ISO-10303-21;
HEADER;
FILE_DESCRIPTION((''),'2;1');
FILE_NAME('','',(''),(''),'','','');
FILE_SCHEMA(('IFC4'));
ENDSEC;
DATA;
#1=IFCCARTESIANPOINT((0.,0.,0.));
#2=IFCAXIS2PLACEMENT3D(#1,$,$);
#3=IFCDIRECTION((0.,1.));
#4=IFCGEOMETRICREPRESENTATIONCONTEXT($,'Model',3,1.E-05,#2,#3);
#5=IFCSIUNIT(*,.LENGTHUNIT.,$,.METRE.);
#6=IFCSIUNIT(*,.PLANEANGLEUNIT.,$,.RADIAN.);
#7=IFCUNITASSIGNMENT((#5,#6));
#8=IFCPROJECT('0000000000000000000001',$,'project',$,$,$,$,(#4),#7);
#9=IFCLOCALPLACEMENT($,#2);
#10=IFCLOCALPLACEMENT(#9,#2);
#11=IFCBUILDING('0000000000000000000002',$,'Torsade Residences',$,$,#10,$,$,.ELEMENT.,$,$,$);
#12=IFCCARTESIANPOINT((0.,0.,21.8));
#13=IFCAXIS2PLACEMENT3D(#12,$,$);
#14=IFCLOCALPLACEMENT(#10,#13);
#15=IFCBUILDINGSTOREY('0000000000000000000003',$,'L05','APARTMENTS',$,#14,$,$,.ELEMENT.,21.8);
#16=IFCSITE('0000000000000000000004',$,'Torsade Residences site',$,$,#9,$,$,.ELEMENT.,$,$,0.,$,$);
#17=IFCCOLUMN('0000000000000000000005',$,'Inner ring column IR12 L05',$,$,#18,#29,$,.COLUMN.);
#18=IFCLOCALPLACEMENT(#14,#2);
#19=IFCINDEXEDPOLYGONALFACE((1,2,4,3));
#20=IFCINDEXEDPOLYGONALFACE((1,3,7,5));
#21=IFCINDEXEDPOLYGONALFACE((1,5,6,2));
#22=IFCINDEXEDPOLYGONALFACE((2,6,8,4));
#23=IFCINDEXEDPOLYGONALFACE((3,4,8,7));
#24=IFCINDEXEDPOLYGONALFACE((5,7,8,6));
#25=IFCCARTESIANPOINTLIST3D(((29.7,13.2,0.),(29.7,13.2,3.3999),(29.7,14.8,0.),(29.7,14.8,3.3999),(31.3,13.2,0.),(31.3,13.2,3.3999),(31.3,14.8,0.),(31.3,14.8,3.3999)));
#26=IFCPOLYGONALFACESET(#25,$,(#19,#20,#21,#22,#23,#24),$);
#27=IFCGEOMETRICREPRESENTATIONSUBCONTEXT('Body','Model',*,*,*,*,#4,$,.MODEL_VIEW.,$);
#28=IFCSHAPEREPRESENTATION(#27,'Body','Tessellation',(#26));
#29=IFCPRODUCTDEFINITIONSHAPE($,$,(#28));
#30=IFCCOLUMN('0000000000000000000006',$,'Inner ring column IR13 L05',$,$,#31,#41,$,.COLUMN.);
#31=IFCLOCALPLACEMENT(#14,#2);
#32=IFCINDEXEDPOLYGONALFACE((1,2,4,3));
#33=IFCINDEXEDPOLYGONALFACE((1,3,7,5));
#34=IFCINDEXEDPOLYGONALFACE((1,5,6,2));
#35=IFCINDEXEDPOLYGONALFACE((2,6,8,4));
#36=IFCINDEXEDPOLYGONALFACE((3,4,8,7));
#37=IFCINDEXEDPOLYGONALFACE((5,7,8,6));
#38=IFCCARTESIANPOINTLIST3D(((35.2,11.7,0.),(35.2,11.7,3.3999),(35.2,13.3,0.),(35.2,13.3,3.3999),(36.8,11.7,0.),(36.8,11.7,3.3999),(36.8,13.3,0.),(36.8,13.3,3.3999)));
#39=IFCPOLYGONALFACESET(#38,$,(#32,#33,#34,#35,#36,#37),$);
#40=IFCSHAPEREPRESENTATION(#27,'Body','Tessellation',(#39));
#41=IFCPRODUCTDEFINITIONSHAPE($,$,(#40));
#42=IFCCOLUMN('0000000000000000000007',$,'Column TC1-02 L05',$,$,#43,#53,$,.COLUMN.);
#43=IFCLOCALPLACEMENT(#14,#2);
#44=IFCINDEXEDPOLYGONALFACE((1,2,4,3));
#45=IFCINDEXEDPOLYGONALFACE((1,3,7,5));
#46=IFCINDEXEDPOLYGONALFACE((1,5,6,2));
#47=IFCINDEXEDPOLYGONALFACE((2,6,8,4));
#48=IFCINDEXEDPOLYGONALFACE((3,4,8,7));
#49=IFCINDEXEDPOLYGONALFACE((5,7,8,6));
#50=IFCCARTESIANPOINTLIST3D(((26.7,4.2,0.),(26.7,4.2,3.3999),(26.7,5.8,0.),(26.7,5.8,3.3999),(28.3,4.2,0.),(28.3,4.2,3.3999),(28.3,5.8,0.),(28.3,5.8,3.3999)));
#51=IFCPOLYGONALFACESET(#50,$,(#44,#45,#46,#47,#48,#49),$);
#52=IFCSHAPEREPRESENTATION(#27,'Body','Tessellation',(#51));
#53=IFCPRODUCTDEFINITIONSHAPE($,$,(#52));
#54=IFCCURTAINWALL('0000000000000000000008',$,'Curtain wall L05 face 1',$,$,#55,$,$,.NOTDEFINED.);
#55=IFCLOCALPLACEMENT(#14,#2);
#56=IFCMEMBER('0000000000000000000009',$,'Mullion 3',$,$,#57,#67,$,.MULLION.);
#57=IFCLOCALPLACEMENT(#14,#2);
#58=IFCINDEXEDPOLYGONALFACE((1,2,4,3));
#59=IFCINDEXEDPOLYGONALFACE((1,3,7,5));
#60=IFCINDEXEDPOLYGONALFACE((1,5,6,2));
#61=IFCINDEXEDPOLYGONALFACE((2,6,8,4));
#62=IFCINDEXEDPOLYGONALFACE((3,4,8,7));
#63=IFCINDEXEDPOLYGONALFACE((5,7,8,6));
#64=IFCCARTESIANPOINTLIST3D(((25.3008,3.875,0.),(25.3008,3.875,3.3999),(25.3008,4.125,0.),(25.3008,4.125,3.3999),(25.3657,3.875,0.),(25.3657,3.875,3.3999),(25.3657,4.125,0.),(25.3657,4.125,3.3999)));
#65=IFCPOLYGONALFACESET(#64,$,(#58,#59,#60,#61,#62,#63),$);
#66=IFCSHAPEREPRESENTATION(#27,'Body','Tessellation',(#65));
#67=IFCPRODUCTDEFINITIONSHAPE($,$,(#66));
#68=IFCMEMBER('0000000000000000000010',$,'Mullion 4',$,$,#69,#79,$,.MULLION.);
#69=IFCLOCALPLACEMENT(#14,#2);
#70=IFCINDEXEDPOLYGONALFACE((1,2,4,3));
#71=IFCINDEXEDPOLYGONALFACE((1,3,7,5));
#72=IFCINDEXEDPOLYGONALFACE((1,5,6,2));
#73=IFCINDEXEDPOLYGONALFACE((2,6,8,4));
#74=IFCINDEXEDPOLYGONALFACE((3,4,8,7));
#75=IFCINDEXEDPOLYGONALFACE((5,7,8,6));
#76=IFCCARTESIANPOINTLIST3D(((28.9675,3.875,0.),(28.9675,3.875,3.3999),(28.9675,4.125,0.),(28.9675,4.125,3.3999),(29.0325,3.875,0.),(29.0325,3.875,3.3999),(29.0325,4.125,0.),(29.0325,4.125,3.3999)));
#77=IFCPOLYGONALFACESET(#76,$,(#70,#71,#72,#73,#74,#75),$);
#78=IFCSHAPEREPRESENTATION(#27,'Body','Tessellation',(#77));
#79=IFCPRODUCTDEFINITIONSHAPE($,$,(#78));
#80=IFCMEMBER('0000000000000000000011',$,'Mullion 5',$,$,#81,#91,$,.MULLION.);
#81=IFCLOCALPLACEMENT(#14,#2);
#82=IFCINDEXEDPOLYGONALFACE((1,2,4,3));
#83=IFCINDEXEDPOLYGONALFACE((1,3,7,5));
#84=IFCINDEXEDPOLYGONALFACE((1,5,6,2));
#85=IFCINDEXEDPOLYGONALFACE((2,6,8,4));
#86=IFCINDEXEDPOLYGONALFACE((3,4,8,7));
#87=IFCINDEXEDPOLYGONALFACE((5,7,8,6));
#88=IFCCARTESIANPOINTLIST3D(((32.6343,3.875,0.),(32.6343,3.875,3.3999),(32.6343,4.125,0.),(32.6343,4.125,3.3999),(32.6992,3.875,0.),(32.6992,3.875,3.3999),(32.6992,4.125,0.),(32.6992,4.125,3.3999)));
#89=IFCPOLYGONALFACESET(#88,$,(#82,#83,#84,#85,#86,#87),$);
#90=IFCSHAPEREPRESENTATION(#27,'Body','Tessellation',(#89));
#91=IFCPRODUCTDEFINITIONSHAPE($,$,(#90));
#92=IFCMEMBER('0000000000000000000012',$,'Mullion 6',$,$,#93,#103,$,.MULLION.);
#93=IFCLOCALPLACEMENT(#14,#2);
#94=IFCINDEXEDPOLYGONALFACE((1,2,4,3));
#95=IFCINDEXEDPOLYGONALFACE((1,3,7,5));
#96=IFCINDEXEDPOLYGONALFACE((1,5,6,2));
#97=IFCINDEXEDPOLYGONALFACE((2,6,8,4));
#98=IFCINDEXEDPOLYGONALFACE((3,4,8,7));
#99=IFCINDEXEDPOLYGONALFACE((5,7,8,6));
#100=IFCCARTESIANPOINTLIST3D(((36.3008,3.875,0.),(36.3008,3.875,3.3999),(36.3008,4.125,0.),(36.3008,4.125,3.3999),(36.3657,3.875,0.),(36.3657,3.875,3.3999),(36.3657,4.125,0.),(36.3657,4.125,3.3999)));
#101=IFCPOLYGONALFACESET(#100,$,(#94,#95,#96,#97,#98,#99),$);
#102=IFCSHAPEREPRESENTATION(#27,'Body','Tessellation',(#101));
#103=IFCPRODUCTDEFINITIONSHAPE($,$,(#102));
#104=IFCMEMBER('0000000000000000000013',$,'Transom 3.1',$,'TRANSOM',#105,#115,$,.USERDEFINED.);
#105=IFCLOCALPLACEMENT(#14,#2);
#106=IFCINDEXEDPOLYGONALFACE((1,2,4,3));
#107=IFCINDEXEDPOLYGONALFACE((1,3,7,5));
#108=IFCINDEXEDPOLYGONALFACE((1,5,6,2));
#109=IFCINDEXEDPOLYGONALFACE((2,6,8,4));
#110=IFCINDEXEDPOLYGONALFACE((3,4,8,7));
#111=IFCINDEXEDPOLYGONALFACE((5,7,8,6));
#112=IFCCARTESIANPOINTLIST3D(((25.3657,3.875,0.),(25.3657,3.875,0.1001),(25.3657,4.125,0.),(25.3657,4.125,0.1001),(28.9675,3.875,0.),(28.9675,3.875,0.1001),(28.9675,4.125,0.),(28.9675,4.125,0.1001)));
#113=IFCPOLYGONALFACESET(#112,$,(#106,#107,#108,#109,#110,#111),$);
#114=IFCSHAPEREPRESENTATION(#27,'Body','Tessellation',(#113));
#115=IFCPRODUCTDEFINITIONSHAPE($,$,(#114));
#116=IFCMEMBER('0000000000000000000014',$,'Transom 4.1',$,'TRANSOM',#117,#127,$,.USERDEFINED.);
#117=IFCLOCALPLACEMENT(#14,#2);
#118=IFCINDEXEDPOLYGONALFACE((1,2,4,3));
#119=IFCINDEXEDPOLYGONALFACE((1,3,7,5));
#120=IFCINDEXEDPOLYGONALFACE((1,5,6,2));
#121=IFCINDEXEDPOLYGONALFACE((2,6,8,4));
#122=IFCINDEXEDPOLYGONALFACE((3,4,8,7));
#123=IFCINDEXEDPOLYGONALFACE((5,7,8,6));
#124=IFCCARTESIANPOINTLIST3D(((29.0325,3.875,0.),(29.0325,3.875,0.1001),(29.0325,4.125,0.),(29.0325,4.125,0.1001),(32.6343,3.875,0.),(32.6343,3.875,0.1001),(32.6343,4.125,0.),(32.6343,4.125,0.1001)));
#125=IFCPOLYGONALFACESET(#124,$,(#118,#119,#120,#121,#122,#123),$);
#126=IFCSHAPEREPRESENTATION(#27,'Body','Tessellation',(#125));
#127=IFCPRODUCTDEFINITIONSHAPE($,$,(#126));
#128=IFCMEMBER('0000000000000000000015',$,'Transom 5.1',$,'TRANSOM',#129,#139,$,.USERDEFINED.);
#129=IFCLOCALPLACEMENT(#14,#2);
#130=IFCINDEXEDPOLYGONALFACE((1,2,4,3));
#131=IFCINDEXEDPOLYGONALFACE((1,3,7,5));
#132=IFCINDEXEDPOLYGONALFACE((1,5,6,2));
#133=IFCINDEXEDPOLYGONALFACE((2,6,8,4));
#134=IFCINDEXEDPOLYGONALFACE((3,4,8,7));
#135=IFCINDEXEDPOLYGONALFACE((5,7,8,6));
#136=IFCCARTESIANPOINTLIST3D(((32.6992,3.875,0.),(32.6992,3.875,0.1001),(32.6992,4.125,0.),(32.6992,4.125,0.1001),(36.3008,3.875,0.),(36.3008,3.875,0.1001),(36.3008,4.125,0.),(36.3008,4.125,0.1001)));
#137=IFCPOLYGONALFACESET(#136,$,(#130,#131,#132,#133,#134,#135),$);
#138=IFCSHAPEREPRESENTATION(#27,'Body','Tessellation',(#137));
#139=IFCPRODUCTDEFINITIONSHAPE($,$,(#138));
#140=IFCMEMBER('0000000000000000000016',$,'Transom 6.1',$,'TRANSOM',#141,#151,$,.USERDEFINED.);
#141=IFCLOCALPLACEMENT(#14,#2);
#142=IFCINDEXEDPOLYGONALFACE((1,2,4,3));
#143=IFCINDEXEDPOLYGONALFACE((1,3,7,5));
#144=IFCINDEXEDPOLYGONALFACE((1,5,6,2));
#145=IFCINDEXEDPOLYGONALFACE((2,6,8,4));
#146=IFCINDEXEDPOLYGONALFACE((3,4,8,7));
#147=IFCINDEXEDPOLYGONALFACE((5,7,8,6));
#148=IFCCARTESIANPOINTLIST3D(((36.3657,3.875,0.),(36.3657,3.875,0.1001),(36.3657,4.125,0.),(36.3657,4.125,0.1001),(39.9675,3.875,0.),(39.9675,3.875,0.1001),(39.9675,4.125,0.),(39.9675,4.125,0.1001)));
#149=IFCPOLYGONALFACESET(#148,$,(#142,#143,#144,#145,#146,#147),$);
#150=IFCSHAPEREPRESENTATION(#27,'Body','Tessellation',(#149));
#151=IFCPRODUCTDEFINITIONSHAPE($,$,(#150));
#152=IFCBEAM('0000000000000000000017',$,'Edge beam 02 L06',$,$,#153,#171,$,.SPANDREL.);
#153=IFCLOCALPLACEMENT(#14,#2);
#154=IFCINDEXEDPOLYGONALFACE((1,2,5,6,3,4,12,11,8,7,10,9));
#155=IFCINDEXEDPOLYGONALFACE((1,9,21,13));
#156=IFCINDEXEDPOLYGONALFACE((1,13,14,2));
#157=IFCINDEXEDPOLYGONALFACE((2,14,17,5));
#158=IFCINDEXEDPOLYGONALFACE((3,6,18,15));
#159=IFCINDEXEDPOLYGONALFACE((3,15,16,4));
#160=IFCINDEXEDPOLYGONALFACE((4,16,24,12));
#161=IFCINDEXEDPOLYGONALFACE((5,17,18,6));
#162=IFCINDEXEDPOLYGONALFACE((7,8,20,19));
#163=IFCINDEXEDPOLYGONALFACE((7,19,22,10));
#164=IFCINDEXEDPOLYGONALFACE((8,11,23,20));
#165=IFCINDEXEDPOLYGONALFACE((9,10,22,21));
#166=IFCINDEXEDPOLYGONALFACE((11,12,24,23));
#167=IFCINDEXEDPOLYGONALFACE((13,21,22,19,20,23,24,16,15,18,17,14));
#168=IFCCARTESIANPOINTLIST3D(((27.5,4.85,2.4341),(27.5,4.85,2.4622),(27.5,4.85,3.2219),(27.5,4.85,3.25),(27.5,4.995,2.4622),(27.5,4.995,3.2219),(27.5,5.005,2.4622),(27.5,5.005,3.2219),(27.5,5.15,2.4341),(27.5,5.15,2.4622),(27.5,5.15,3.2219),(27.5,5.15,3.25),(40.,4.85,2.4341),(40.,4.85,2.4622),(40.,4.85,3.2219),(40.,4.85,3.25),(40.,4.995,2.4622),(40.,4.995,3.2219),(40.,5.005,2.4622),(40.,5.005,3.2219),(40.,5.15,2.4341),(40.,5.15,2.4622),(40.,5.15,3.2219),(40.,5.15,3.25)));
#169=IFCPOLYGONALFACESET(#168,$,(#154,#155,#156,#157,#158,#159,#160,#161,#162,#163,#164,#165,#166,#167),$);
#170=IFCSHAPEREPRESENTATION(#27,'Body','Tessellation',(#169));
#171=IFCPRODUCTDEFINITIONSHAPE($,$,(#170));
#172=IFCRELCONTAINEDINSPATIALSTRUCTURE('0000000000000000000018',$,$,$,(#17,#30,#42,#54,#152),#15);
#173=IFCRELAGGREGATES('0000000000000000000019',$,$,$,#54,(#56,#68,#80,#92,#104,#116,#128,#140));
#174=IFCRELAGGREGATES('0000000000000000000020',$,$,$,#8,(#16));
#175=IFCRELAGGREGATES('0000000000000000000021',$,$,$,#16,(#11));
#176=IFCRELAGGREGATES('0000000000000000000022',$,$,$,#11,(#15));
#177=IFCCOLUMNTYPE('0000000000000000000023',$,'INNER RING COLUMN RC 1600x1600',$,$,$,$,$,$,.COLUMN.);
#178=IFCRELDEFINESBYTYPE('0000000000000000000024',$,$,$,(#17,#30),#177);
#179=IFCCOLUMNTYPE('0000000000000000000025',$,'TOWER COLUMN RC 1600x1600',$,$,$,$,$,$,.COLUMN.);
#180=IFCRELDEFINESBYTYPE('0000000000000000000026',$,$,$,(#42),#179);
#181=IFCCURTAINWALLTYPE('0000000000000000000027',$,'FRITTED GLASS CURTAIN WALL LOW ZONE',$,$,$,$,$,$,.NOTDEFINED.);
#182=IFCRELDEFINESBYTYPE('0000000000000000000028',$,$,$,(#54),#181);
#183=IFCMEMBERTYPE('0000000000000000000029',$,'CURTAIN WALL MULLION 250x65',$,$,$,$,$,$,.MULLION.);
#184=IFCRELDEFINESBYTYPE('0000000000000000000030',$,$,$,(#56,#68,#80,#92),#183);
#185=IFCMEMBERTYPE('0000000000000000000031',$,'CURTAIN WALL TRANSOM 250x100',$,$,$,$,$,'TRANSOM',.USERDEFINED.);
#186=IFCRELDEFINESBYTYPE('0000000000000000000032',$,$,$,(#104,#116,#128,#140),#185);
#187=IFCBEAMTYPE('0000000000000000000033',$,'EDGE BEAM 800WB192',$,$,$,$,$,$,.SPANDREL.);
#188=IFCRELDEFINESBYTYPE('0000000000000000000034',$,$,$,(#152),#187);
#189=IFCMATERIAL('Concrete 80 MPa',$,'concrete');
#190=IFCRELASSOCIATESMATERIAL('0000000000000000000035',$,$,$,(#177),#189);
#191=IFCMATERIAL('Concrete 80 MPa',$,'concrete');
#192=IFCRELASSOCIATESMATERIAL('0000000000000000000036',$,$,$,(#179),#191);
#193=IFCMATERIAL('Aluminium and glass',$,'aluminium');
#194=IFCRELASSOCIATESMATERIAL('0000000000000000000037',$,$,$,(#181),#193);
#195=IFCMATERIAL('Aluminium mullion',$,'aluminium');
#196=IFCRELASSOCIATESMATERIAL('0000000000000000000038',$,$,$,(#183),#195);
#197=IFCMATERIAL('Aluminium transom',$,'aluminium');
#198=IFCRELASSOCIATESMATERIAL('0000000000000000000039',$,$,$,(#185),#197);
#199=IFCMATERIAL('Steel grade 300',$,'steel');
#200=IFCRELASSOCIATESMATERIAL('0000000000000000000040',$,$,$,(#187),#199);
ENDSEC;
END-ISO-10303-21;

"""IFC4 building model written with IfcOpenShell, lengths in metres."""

from ifc_helpers import new_model, si_unit, direction, frame, origin, origin_2d, place, context, subcontext, project, spatial, rectangle, i_section, extrude, material, material_profile, profile_set, type_object, element, aggregate, save


model = new_model("IFC4")

# Units and contexts
model_context = context("Model", 3, precision=1e-05, world=origin(), true_north=direction((0.0, 1.0)))
body_context = subcontext(model_context, "Body", "Model", "MODEL_VIEW")
ifc_project = project(units=[si_unit("LENGTHUNIT", "METRE"), si_unit("PLANEANGLEUNIT", "RADIAN")], contexts=[model_context])

# Site, building, storey
site_placement = place(None, origin())
site = spatial("IfcSite", under=ifc_project, at=site_placement, Name="Torsade Residences site", CompositionType="ELEMENT", RefElevation=0.0)
building_placement = place(site_placement, origin())
building = spatial("IfcBuilding", under=site, at=building_placement, Name="Torsade Residences", CompositionType="ELEMENT")
storey_placement = place(building_placement, frame((0.0, 0.0, 21.8)))
storey = spatial("IfcBuildingStorey", under=building, at=storey_placement, Name="L05", Description="APARTMENTS", CompositionType="ELEMENT", Elevation=21.8)

# Columns
ifc_material_1 = material(Name="Concrete 80 MPa", Category="concrete")
ifc_material_profile_1 = material_profile(ifc_material_1, rectangle(XDim=1.6001, YDim=1.6001, at=origin_2d()), Name="RC 1600x1600")
ifc_profile_set_1 = profile_set([ifc_material_profile_1], Name="Concrete 80 MPa")
column_type_1 = type_object("IfcColumnType", Name="INNER RING COLUMN RC 1600x1600", PredefinedType="COLUMN", material=ifc_profile_set_1)
for number, where, z_axis, x_axis, name in (
    (1, (30.5, 14.0, 0.0), (0.0, 0.0, 1.0), (1.0, 0.0, 0.0), "Inner ring column IR12 L05"),
    (2, (36.0, 12.5, 0.0), (0.0, 0.0, 1.0), (1.0, 0.0, 0.0), "Inner ring column IR13 L05"),
):
    element("IfcColumn", number, at=place(storey_placement, frame(where, z_axis=z_axis, x_axis=x_axis)), inside=storey, type_object=column_type_1, Name=name, PredefinedType="COLUMN", context=body_context, shape_type="SweptSolid", body=[
        extrude(rectangle(XDim=1.6001, YDim=1.6001, at=origin_2d()), origin(), (0.0, 0.0, 1.0), 3.3999),
    ])
ifc_material_2 = material(Name="Concrete 80 MPa", Category="concrete")
ifc_material_profile_2 = material_profile(ifc_material_2, rectangle(XDim=1.6001, YDim=1.6001, at=origin_2d()), Name="RC 1600x1600")
ifc_profile_set_2 = profile_set([ifc_material_profile_2], Name="Concrete 80 MPa")
column_type_2 = type_object("IfcColumnType", Name="TOWER COLUMN RC 1600x1600", PredefinedType="COLUMN", material=ifc_profile_set_2)
column_placement = place(storey_placement, frame((27.5, 5.0, 0.0), z_axis=(0.0, 0.0, 1.0), x_axis=(1.0, 0.0, 0.0)))
element("IfcColumn", 3, at=column_placement, inside=storey, type_object=column_type_2, Name="Column TC1-02 L05", PredefinedType="COLUMN", context=body_context, shape_type="SweptSolid", body=[
    extrude(rectangle(XDim=1.6001, YDim=1.6001, at=origin_2d()), origin(), (0.0, 0.0, 1.0), 3.3999),
])

# Curtain wall, members
ifc_material_3 = material(Name="Aluminium and glass", Category="aluminium")
curtain_wall_type = type_object("IfcCurtainWallType", Name="FRITTED GLASS CURTAIN WALL LOW ZONE", PredefinedType="NOTDEFINED", material=ifc_material_3)
curtain_wall_placement = place(storey_placement, origin())
curtain_wall = element("IfcCurtainWall", 4, at=curtain_wall_placement, inside=storey, type_object=curtain_wall_type, Name="Curtain wall L05 face 1", PredefinedType="NOTDEFINED")
ifc_material_4 = material(Name="Aluminium mullion", Category="aluminium")
ifc_material_profile_3 = material_profile(ifc_material_4, rectangle(XDim=0.25, YDim=0.0649, at=origin_2d()), Name="CURTAIN WALL MULLION 250x65")
ifc_profile_set_3 = profile_set([ifc_material_profile_3], Name="Aluminium mullion")
member_type_1 = type_object("IfcMemberType", Name="CURTAIN WALL MULLION 250x65", PredefinedType="MULLION", material=ifc_profile_set_3)
member_1_placement = place(storey_placement, frame((25.3333, 4.0, 0.0), z_axis=(0.0, 0.0, 1.0), x_axis=(0.0, 1.0, 0.0)))
member_1 = element("IfcMember", 5, at=member_1_placement, type_object=member_type_1, Name="Mullion 3", PredefinedType="MULLION", context=body_context, shape_type="SweptSolid", body=[
    extrude(rectangle(XDim=0.25, YDim=0.0649, at=origin_2d()), origin(), (0.0, 0.0, 1.0), 3.3999),
])
member_2_placement = place(storey_placement, frame((29.0, 4.0, 0.0), z_axis=(0.0, 0.0, 1.0), x_axis=(0.0, 1.0, 0.0)))
member_2 = element("IfcMember", 6, at=member_2_placement, type_object=member_type_1, Name="Mullion 4", PredefinedType="MULLION", context=body_context, shape_type="SweptSolid", body=[
    extrude(rectangle(XDim=0.25, YDim=0.0649, at=origin_2d()), origin(), (0.0, 0.0, 1.0), 3.3999),
])
member_3_placement = place(storey_placement, frame((32.6667, 4.0, 0.0), z_axis=(0.0, 0.0, 1.0), x_axis=(0.0, 1.0, 0.0)))
member_3 = element("IfcMember", 7, at=member_3_placement, type_object=member_type_1, Name="Mullion 5", PredefinedType="MULLION", context=body_context, shape_type="SweptSolid", body=[
    extrude(rectangle(XDim=0.25, YDim=0.0649, at=origin_2d()), origin(), (0.0, 0.0, 1.0), 3.3999),
])
member_4_placement = place(storey_placement, frame((36.3333, 4.0, 0.0), z_axis=(0.0, 0.0, 1.0), x_axis=(0.0, 1.0, 0.0)))
member_4 = element("IfcMember", 8, at=member_4_placement, type_object=member_type_1, Name="Mullion 6", PredefinedType="MULLION", context=body_context, shape_type="SweptSolid", body=[
    extrude(rectangle(XDim=0.25, YDim=0.0649, at=origin_2d()), origin(), (0.0, 0.0, 1.0), 3.3999),
])
ifc_material_5 = material(Name="Aluminium transom", Category="aluminium")
ifc_material_profile_4 = material_profile(ifc_material_5, rectangle(XDim=0.25, YDim=0.1001, at=origin_2d()), Name="CURTAIN WALL TRANSOM 250x100")
ifc_profile_set_4 = profile_set([ifc_material_profile_4], Name="Aluminium transom")
member_type_2 = type_object("IfcMemberType", Name="CURTAIN WALL TRANSOM 250x100", ElementType="TRANSOM", PredefinedType="USERDEFINED", material=ifc_profile_set_4)
member_5_placement = place(storey_placement, frame((25.3657, 4.0, 0.05), z_axis=(1.0, 0.0, 0.0), x_axis=(0.0, 1.0, 0.0)))
member_5 = element("IfcMember", 9, at=member_5_placement, type_object=member_type_2, Name="Transom 3.1", ObjectType="TRANSOM", PredefinedType="USERDEFINED", context=body_context, shape_type="SweptSolid", body=[
    extrude(rectangle(XDim=0.25, YDim=0.1001, at=origin_2d()), origin(), (0.0, 0.0, 1.0), 3.6018),
])
member_6_placement = place(storey_placement, frame((29.0325, 4.0, 0.05), z_axis=(1.0, 0.0, 0.0), x_axis=(0.0, 1.0, 0.0)))
member_6 = element("IfcMember", 10, at=member_6_placement, type_object=member_type_2, Name="Transom 4.1", ObjectType="TRANSOM", PredefinedType="USERDEFINED", context=body_context, shape_type="SweptSolid", body=[
    extrude(rectangle(XDim=0.25, YDim=0.1001, at=origin_2d()), origin(), (0.0, 0.0, 1.0), 3.6018),
])
member_7_placement = place(storey_placement, frame((32.6992, 4.0, 0.05), z_axis=(1.0, 0.0, 0.0), x_axis=(0.0, 1.0, 0.0)))
member_7 = element("IfcMember", 11, at=member_7_placement, type_object=member_type_2, Name="Transom 5.1", ObjectType="TRANSOM", PredefinedType="USERDEFINED", context=body_context, shape_type="SweptSolid", body=[
    extrude(rectangle(XDim=0.25, YDim=0.1001, at=origin_2d()), origin(), (0.0, 0.0, 1.0), 3.6016),
])
member_8_placement = place(storey_placement, frame((36.3657, 4.0, 0.05), z_axis=(1.0, 0.0, 0.0), x_axis=(0.0, 1.0, 0.0)))
member_8 = element("IfcMember", 12, at=member_8_placement, type_object=member_type_2, Name="Transom 6.1", ObjectType="TRANSOM", PredefinedType="USERDEFINED", context=body_context, shape_type="SweptSolid", body=[
    extrude(rectangle(XDim=0.25, YDim=0.1001, at=origin_2d()), origin(), (0.0, 0.0, 1.0), 3.6018),
])

# Beam
ifc_material_6 = material(Name="Steel grade 300", Category="steel")
ifc_material_profile_5 = material_profile(ifc_material_6, i_section(OverallWidth=0.3, OverallDepth=0.8159, WebThickness=0.01, FlangeThickness=0.0281, at=origin_2d()), Name="800WB192")
ifc_profile_set_5 = profile_set([ifc_material_profile_5], Name="Steel grade 300")
beam_type_1 = type_object("IfcBeamType", Name="EDGE BEAM 800WB192", PredefinedType="SPANDREL", material=ifc_profile_set_5)
beam_1_placement = place(storey_placement, frame((27.5, 5.0, 2.842), z_axis=(1.0, 0.0, 0.0), x_axis=(0.0, 1.0, 0.0)))
element("IfcBeam", 13, at=beam_1_placement, inside=storey, type_object=beam_type_1, Name="Edge beam 02 L06", PredefinedType="SPANDREL", context=body_context, shape_type="SweptSolid", body=[
    extrude(i_section(OverallWidth=0.3, OverallDepth=0.8159, WebThickness=0.01, FlangeThickness=0.0281, at=origin_2d()), origin(), (0.0, 0.0, 1.0), 12.5),
])

aggregate(curtain_wall, [member_1, member_2, member_3, member_4, member_5, member_6, member_7, member_8])

save(model, "model.ifc")
